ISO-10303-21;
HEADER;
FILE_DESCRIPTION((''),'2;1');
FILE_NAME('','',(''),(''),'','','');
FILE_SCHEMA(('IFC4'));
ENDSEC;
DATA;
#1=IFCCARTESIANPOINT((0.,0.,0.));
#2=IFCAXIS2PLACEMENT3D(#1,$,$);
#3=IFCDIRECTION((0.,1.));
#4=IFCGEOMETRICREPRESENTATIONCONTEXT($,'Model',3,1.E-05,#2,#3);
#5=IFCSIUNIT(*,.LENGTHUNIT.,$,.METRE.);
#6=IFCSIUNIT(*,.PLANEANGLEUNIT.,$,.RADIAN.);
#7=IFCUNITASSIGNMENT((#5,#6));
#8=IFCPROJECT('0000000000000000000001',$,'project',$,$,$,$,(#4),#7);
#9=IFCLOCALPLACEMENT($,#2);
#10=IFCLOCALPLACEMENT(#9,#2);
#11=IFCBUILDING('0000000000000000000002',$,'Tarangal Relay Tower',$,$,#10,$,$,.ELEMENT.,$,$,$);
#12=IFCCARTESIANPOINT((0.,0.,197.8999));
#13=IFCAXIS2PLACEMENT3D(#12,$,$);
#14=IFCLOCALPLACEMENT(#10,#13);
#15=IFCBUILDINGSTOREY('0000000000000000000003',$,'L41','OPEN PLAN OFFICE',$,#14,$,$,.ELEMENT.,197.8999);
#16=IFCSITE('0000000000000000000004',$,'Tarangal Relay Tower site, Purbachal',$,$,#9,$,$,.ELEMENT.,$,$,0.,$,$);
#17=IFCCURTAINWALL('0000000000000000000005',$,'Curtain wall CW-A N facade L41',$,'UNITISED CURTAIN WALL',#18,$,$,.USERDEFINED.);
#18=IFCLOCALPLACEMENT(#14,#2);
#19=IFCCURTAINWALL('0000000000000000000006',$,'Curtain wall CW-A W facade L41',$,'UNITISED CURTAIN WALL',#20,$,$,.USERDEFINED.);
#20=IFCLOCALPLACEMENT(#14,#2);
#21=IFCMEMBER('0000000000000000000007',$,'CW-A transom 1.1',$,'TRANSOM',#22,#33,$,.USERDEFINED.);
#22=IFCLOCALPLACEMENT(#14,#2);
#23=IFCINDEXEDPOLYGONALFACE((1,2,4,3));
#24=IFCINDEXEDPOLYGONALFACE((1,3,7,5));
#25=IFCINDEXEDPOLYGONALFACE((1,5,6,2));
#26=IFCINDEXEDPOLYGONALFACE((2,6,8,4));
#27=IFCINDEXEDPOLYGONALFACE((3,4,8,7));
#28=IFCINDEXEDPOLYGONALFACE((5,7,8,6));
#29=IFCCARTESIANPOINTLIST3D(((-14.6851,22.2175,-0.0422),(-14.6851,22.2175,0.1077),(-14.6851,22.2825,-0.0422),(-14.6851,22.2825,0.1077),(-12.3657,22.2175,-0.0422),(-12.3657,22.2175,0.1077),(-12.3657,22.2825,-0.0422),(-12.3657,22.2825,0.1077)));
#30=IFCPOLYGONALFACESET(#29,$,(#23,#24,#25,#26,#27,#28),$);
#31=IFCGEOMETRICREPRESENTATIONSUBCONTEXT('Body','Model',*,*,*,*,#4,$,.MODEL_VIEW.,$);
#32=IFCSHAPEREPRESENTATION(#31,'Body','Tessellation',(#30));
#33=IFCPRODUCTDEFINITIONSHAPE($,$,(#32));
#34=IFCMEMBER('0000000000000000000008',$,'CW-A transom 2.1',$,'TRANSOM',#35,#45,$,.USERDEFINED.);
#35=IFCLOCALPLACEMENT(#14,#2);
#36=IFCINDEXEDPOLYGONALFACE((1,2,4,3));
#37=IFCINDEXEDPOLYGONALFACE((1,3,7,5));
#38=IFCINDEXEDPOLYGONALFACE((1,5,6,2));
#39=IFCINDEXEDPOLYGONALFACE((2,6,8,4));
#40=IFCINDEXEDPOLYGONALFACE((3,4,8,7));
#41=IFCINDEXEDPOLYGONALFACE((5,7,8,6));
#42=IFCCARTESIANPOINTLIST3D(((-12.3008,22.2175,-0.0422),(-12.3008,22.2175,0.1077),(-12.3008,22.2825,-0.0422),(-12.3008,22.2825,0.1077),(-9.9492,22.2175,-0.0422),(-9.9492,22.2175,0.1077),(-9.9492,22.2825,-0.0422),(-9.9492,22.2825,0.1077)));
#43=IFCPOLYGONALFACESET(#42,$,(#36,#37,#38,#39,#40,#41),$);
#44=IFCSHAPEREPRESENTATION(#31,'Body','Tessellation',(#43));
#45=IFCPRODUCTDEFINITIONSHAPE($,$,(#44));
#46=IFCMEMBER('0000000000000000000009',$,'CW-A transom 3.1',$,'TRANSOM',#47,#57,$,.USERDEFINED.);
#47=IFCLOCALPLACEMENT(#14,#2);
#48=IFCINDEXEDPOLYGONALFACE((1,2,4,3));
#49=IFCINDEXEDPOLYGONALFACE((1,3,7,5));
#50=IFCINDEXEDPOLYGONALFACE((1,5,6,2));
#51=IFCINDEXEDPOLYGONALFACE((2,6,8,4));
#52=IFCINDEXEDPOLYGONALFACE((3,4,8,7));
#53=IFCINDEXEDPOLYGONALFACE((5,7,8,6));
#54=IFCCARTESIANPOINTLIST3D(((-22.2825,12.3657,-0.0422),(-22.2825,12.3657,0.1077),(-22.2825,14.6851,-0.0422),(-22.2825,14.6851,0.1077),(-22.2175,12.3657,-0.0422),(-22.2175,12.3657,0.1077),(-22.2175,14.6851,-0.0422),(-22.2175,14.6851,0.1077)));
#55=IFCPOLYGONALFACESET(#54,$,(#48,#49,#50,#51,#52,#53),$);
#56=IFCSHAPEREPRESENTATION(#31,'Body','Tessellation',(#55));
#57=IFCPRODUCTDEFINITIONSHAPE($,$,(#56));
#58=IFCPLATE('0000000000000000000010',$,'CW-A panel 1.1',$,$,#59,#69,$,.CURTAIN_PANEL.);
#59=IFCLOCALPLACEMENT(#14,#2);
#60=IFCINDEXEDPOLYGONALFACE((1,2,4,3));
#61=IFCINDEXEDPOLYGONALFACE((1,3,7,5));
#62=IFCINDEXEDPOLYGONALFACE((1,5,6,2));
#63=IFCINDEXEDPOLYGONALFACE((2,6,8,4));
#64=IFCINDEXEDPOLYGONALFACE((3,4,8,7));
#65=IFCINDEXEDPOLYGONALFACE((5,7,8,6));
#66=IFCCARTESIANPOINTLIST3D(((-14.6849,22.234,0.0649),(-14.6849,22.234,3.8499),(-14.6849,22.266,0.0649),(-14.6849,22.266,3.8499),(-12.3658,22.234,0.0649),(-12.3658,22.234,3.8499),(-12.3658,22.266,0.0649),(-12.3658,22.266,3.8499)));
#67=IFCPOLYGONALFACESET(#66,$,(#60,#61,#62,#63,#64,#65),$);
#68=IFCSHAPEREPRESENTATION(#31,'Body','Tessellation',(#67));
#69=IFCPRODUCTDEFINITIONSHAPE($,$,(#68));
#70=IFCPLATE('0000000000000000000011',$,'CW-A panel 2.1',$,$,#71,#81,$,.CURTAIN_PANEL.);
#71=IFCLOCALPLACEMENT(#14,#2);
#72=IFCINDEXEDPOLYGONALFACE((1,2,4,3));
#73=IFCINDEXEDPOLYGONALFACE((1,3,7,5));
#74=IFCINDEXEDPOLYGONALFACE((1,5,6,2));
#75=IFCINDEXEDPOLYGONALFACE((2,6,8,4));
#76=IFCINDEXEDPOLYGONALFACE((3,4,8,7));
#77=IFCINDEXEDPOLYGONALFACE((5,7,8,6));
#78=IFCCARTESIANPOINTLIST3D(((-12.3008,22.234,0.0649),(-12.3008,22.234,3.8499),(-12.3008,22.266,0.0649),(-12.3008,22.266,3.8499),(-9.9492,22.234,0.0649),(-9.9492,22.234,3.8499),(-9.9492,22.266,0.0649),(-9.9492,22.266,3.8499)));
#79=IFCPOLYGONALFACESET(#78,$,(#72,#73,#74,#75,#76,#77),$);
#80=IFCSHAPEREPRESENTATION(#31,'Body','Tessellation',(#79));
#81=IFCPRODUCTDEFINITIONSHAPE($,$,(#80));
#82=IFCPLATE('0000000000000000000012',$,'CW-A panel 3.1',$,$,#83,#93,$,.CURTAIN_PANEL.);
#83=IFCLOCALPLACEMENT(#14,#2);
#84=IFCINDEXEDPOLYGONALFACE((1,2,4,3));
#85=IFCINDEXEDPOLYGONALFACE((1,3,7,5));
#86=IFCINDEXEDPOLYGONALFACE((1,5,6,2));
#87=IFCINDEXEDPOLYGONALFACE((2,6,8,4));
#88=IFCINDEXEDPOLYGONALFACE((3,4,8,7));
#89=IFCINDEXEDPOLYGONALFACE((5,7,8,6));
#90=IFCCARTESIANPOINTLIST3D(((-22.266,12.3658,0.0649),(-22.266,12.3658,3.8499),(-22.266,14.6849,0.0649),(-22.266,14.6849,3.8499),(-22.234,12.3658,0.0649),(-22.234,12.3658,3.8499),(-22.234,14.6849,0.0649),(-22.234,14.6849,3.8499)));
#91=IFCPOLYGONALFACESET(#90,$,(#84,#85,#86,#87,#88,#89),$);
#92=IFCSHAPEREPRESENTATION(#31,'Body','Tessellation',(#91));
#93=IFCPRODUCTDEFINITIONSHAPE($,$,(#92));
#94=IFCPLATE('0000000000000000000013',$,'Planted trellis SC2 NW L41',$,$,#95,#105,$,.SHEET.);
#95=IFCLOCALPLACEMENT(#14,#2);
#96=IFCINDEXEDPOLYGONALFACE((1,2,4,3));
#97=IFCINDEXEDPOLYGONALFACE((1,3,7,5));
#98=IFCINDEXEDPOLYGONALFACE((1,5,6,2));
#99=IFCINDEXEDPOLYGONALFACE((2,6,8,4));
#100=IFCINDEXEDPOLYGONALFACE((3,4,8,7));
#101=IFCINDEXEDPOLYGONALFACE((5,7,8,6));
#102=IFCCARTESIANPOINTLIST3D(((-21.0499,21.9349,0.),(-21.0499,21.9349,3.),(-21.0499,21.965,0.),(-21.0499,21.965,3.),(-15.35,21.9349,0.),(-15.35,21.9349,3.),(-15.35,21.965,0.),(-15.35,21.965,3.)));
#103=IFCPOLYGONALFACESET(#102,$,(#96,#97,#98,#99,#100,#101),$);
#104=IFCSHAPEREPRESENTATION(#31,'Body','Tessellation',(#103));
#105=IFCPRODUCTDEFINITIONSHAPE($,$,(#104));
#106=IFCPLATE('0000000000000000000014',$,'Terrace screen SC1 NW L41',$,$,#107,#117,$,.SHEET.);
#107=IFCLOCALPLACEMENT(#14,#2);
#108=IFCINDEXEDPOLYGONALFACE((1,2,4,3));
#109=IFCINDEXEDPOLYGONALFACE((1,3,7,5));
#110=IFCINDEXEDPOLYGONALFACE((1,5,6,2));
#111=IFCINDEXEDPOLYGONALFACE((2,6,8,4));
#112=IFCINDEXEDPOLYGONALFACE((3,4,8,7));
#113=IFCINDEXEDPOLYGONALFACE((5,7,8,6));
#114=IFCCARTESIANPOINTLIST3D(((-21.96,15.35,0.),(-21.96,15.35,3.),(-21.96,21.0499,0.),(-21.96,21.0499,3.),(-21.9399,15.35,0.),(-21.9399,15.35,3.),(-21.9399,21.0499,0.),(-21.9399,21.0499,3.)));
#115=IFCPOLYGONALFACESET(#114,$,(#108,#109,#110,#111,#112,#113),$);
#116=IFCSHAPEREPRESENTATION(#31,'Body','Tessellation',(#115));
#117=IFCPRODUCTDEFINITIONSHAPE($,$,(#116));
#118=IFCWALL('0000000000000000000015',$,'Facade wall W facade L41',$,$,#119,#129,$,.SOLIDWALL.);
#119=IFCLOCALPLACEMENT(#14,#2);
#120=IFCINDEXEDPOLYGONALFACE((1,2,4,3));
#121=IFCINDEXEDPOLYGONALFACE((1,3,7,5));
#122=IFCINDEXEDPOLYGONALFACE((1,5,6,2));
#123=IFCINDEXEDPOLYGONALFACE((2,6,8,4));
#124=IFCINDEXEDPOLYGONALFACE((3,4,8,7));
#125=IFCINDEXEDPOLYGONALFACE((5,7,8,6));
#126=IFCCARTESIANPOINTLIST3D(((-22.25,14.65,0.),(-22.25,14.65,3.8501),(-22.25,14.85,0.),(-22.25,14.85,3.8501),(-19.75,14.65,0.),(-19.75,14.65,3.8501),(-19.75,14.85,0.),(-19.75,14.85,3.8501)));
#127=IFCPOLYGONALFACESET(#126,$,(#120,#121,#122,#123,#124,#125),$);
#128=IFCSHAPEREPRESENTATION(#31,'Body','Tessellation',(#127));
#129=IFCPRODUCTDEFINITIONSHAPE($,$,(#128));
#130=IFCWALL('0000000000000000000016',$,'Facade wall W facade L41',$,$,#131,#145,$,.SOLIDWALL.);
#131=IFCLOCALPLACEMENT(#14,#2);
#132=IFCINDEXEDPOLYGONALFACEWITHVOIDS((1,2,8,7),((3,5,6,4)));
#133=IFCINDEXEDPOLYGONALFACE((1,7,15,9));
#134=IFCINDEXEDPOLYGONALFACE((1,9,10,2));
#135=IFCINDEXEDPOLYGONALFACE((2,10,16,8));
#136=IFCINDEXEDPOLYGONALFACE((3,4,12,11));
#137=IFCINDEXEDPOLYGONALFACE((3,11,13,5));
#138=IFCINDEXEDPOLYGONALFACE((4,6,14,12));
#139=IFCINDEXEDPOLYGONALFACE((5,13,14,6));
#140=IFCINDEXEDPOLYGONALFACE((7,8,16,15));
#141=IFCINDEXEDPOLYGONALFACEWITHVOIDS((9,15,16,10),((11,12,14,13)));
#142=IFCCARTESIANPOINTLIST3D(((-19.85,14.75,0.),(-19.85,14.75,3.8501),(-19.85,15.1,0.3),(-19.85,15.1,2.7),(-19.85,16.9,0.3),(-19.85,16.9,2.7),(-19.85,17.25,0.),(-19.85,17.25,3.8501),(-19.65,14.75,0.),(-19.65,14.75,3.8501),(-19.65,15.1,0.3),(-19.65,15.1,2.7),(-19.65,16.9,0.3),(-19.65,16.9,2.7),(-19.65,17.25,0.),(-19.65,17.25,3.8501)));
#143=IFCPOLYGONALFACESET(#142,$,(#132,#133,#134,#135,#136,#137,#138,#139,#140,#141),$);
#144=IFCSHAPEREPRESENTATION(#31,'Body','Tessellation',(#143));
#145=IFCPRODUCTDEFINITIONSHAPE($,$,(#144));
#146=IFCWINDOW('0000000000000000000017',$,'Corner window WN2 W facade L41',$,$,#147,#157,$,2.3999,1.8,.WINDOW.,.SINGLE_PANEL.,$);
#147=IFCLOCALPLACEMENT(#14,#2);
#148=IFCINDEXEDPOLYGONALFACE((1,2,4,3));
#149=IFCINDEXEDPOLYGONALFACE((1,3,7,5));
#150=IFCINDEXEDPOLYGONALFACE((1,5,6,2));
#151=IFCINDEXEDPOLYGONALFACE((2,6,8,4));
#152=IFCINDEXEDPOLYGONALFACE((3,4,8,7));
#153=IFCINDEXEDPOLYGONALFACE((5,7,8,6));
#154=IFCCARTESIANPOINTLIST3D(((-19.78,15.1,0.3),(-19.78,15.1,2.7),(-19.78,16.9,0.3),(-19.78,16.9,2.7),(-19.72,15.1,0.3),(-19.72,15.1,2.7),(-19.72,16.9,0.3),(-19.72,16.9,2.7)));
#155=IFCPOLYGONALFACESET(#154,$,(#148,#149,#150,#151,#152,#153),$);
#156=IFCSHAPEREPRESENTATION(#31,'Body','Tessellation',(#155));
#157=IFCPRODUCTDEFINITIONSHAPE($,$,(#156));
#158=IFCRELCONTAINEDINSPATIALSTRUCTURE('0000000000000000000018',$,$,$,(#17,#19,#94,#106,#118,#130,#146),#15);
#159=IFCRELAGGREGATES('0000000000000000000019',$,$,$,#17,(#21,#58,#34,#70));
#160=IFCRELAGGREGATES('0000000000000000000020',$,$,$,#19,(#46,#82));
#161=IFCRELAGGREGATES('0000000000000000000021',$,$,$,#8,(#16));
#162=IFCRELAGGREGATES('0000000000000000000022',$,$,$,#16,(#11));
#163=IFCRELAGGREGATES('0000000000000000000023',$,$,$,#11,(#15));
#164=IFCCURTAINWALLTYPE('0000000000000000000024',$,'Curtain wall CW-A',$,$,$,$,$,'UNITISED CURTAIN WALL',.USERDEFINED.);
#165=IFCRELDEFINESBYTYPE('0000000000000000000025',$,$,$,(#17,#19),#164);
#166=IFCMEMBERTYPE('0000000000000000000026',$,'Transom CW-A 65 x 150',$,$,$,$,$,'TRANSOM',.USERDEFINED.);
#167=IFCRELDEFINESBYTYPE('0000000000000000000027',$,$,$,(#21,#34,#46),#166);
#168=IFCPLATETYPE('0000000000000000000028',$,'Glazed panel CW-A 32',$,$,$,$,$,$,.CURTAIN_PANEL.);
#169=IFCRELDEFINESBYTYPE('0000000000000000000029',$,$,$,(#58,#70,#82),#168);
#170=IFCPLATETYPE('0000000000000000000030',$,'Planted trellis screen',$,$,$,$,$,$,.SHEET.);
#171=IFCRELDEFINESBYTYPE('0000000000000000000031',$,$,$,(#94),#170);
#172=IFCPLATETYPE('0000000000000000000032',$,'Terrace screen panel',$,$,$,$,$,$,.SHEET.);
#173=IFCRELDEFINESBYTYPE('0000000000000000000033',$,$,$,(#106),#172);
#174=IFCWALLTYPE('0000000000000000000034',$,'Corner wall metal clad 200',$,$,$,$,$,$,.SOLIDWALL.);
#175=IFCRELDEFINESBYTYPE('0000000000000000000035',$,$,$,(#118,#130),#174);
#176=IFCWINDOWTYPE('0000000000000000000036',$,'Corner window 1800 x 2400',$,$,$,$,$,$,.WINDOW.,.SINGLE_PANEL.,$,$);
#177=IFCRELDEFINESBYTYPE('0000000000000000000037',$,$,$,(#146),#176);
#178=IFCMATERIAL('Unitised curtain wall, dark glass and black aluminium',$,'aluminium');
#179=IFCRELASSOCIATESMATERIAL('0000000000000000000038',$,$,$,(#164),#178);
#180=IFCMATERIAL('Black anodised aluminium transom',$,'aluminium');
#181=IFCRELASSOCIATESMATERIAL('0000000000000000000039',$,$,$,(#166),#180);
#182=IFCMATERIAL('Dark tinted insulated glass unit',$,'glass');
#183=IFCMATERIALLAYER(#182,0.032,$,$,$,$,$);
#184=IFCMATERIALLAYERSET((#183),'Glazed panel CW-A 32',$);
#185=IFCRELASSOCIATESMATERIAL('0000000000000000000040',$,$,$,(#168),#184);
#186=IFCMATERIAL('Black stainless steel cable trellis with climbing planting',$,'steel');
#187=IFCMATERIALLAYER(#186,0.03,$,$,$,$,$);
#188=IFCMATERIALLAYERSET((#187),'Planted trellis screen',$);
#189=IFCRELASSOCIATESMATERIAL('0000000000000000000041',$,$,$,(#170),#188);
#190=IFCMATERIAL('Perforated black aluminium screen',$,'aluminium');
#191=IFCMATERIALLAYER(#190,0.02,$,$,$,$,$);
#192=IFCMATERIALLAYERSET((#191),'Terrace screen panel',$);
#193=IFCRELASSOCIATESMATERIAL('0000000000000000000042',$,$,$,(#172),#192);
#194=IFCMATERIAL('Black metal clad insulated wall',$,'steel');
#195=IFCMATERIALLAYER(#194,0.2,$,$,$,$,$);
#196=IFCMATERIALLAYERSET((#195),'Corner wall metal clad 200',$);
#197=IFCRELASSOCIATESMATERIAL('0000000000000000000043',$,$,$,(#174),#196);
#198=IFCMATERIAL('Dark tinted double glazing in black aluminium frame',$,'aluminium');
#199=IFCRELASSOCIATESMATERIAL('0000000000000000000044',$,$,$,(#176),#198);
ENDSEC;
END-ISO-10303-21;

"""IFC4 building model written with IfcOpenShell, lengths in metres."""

from ifc_helpers import new_model, si_unit, direction, frame, frame_2d, origin, origin_2d, place, context, subcontext, project, spatial, rectangle, extrude, material, layer, layer_set, material_profile, profile_set, type_object, element, fill, aggregate, save


model = new_model("IFC4")

# Units and contexts
model_context = context("Model", 3, precision=1e-05, world=origin(), true_north=direction((0.0, 1.0)))
body_context = subcontext(model_context, "Body", "Model", "MODEL_VIEW")
ifc_project = project(units=[si_unit("LENGTHUNIT", "METRE"), si_unit("PLANEANGLEUNIT", "RADIAN")], contexts=[model_context])

# Site, building, storey
site_placement = place(None, origin())
site = spatial("IfcSite", under=ifc_project, at=site_placement, Name="Tarangal Relay Tower site, Purbachal", CompositionType="ELEMENT", RefElevation=0.0)
building_placement = place(site_placement, origin())
building = spatial("IfcBuilding", under=site, at=building_placement, Name="Tarangal Relay Tower", CompositionType="ELEMENT")
storey_placement = place(building_placement, frame((0.0, 0.0, 197.8999)))
storey = spatial("IfcBuildingStorey", under=building, at=storey_placement, Name="L41", Description="OPEN PLAN OFFICE", CompositionType="ELEMENT", Elevation=197.8999)

# Curtain walls
ifc_material_1 = material(Name="Unitised curtain wall, dark glass and black aluminium", Category="aluminium")
curtain_wall_type = type_object("IfcCurtainWallType", Name="Curtain wall CW-A", ElementType="UNITISED CURTAIN WALL", PredefinedType="USERDEFINED", material=ifc_material_1)
curtain_wall_1_placement = place(storey_placement, origin())
curtain_wall_1 = element("IfcCurtainWall", 1, at=curtain_wall_1_placement, inside=storey, type_object=curtain_wall_type, Name="Curtain wall CW-A N facade L41", ObjectType="UNITISED CURTAIN WALL", PredefinedType="USERDEFINED")
curtain_wall_2_placement = place(storey_placement, origin())
curtain_wall_2 = element("IfcCurtainWall", 2, at=curtain_wall_2_placement, inside=storey, type_object=curtain_wall_type, Name="Curtain wall CW-A W facade L41", ObjectType="UNITISED CURTAIN WALL", PredefinedType="USERDEFINED")

# Members
ifc_material_2 = material(Name="Black anodised aluminium transom", Category="aluminium")
ifc_material_profile_1 = material_profile(ifc_material_2, rectangle(XDim=0.0649, YDim=0.1499, at=origin_2d()), Name="CW-AT 65X150")
ifc_profile_set_1 = profile_set([ifc_material_profile_1], Name="Black anodised aluminium transom")
member_type_1 = type_object("IfcMemberType", Name="Transom CW-A 65 x 150", ElementType="TRANSOM", PredefinedType="USERDEFINED", material=ifc_profile_set_1)
member_1_placement = place(storey_placement, frame((-14.6851, 22.25, 0.0327), z_axis=(1.0, 0.0, 0.0), x_axis=(0.0, 1.0, 0.0)))
member_1 = element("IfcMember", 3, at=member_1_placement, type_object=member_type_1, Name="CW-A transom 1.1", ObjectType="TRANSOM", PredefinedType="USERDEFINED", context=body_context, shape_type="SweptSolid", body=[
    extrude(rectangle(XDim=0.0649, YDim=0.1499, at=origin_2d()), origin(), (0.0, 0.0, 1.0), 2.3193),
])
member_2_placement = place(storey_placement, frame((-12.3008, 22.25, 0.0327), z_axis=(1.0, 0.0, 0.0), x_axis=(0.0, 1.0, 0.0)))
member_2 = element("IfcMember", 4, at=member_2_placement, type_object=member_type_1, Name="CW-A transom 2.1", ObjectType="TRANSOM", PredefinedType="USERDEFINED", context=body_context, shape_type="SweptSolid", body=[
    extrude(rectangle(XDim=0.0649, YDim=0.1499, at=origin_2d()), origin(), (0.0, 0.0, 1.0), 2.3516),
])
member_3_placement = place(storey_placement, frame((-22.25, 12.3657, 0.0327), z_axis=(0.0, 1.0, 0.0), x_axis=(-1.0, 0.0, 0.0)))
member_3 = element("IfcMember", 5, at=member_3_placement, type_object=member_type_1, Name="CW-A transom 3.1", ObjectType="TRANSOM", PredefinedType="USERDEFINED", context=body_context, shape_type="SweptSolid", body=[
    extrude(rectangle(XDim=0.0649, YDim=0.1499, at=origin_2d()), origin(), (0.0, 0.0, 1.0), 2.3193),
])

# Plates
ifc_material_3 = material(Name="Dark tinted insulated glass unit", Category="glass")
ifc_layer_1 = layer(ifc_material_3, 0.032)
ifc_layer_set_1 = layer_set([ifc_layer_1], Name="Glazed panel CW-A 32")
plate_type_1 = type_object("IfcPlateType", Name="Glazed panel CW-A 32", PredefinedType="CURTAIN_PANEL", material=ifc_layer_set_1)
plate_1_placement = place(storey_placement, frame((-13.5254, 22.25, 0.0649), z_axis=(0.0, 0.0, 1.0), x_axis=(1.0, 0.0, 0.0)))
plate_1 = element("IfcPlate", 6, at=plate_1_placement, type_object=plate_type_1, Name="CW-A panel 1.1", PredefinedType="CURTAIN_PANEL", context=body_context, shape_type="SweptSolid", body=[
    extrude(rectangle(XDim=2.3191, YDim=0.032, at=origin_2d()), origin(), (0.0, 0.0, 1.0), 3.7849),
])
plate_2_placement = place(storey_placement, frame((-11.125, 22.25, 0.0649), z_axis=(0.0, 0.0, 1.0), x_axis=(1.0, 0.0, 0.0)))
plate_2 = element("IfcPlate", 7, at=plate_2_placement, type_object=plate_type_1, Name="CW-A panel 2.1", PredefinedType="CURTAIN_PANEL", context=body_context, shape_type="SweptSolid", body=[
    extrude(rectangle(XDim=2.3516, YDim=0.032, at=origin_2d()), origin(), (0.0, 0.0, 1.0), 3.7849),
])
aggregate(curtain_wall_1, [member_1, plate_1, member_2, plate_2])
plate_3_placement = place(storey_placement, frame((-22.25, 13.5254, 0.0649), z_axis=(0.0, 0.0, 1.0), x_axis=(0.0, 1.0, 0.0)))
plate_3 = element("IfcPlate", 8, at=plate_3_placement, type_object=plate_type_1, Name="CW-A panel 3.1", PredefinedType="CURTAIN_PANEL", context=body_context, shape_type="SweptSolid", body=[
    extrude(rectangle(XDim=2.3191, YDim=0.032, at=origin_2d()), origin(), (0.0, 0.0, 1.0), 3.7849),
])
aggregate(curtain_wall_2, [member_3, plate_3])

# Plates
ifc_material_4 = material(Name="Black stainless steel cable trellis with climbing planting", Category="steel")
ifc_layer_2 = layer(ifc_material_4, 0.03)
ifc_layer_set_2 = layer_set([ifc_layer_2], Name="Planted trellis screen")
plate_type_2 = type_object("IfcPlateType", Name="Planted trellis screen", PredefinedType="SHEET", material=ifc_layer_set_2)
plate_4_placement = place(storey_placement, frame((-18.2, 21.95, 0.0), z_axis=(0.0, 0.0, 1.0), x_axis=(1.0, 0.0, 0.0)))
element("IfcPlate", 9, at=plate_4_placement, inside=storey, type_object=plate_type_2, Name="Planted trellis SC2 NW L41", PredefinedType="SHEET", context=body_context, shape_type="SweptSolid", body=[
    extrude(rectangle(XDim=5.7, YDim=0.03, at=origin_2d()), origin(), (0.0, 0.0, 1.0), 3.0),
])
ifc_material_5 = material(Name="Perforated black aluminium screen", Category="aluminium")
ifc_layer_3 = layer(ifc_material_5, 0.02)
ifc_layer_set_3 = layer_set([ifc_layer_3], Name="Terrace screen panel")
plate_type_3 = type_object("IfcPlateType", Name="Terrace screen panel", PredefinedType="SHEET", material=ifc_layer_set_3)
plate_5_placement = place(storey_placement, frame((-21.95, 18.2, 0.0), z_axis=(0.0, 0.0, 1.0), x_axis=(0.0, 1.0, 0.0)))
element("IfcPlate", 10, at=plate_5_placement, inside=storey, type_object=plate_type_3, Name="Terrace screen SC1 NW L41", PredefinedType="SHEET", context=body_context, shape_type="SweptSolid", body=[
    extrude(rectangle(XDim=5.7, YDim=0.02, at=origin_2d()), origin(), (0.0, 0.0, 1.0), 3.0),
])

# Wall
ifc_material_6 = material(Name="Black metal clad insulated wall", Category="steel")
ifc_layer_4 = layer(ifc_material_6, 0.2)
ifc_layer_set_4 = layer_set([ifc_layer_4], Name="Corner wall metal clad 200")
wall_type = type_object("IfcWallType", Name="Corner wall metal clad 200", PredefinedType="SOLIDWALL", material=ifc_layer_set_4)
wall_1_placement = place(storey_placement, frame((-22.25, 14.75, 0.0), z_axis=(0.0, 0.0, 1.0), x_axis=(1.0, 0.0, 0.0)))
element("IfcWall", 11, at=wall_1_placement, inside=storey, type_object=wall_type, Name="Facade wall W facade L41", PredefinedType="SOLIDWALL", context=body_context, shape_type="SweptSolid", body=[
    extrude(rectangle(XDim=2.5, YDim=0.2, at=frame_2d((1.25, 0.0))), origin(), (0.0, 0.0, 1.0), 3.8501),
])

# Wall, opening, window
wall_2_placement = place(storey_placement, frame((-19.75, 14.75, 0.0), z_axis=(0.0, 0.0, 1.0), x_axis=(0.0, 1.0, 0.0)))
wall_2 = element("IfcWall", 12, at=wall_2_placement, inside=storey, type_object=wall_type, Name="Facade wall W facade L41", PredefinedType="SOLIDWALL", context=body_context, shape_type="SweptSolid", body=[
    extrude(rectangle(XDim=2.5, YDim=0.2, at=frame_2d((1.25, 0.0))), origin(), (0.0, 0.0, 1.0), 3.8501),
])
opening_1_placement = place(wall_2_placement, frame((0.3501, 0.0, 0.3)))
opening_1 = element("IfcOpeningElement", 13, at=opening_1_placement, cuts=wall_2, PredefinedType="OPENING", context=body_context, shape_type="SweptSolid", body=[
    extrude(rectangle(XDim=1.8, YDim=2.3999, at=frame_2d((0.8999, 1.2))), frame((0.0, 0.1099, 0.0), z_axis=(0.0, -1.0, 0.0), x_axis=(1.0, 0.0, 0.0)), (0.0, 0.0, 1.0), 0.22),
])
ifc_material_7 = material(Name="Dark tinted double glazing in black aluminium frame", Category="aluminium")
window_type = type_object("IfcWindowType", Name="Corner window 1800 x 2400", PartitioningType="SINGLE_PANEL", PredefinedType="WINDOW", material=ifc_material_7)
window_1_placement = place(opening_1_placement, origin())
window_1 = element("IfcWindow", 14, at=window_1_placement, inside=storey, type_object=window_type, Name="Corner window WN2 W facade L41", OverallHeight=2.3999, OverallWidth=1.8, PartitioningType="SINGLE_PANEL", PredefinedType="WINDOW", context=body_context, shape_type="SweptSolid", body=[
    extrude(rectangle(XDim=1.8, YDim=2.3999, at=frame_2d((0.8999, 1.2))), frame((0.0, 0.03, 0.0), z_axis=(0.0, -1.0, 0.0), x_axis=(1.0, 0.0, 0.0)), (0.0, 0.0, 1.0), 0.0601),
])
fill(opening_1, window_1)

save(model, "model.ifc")
